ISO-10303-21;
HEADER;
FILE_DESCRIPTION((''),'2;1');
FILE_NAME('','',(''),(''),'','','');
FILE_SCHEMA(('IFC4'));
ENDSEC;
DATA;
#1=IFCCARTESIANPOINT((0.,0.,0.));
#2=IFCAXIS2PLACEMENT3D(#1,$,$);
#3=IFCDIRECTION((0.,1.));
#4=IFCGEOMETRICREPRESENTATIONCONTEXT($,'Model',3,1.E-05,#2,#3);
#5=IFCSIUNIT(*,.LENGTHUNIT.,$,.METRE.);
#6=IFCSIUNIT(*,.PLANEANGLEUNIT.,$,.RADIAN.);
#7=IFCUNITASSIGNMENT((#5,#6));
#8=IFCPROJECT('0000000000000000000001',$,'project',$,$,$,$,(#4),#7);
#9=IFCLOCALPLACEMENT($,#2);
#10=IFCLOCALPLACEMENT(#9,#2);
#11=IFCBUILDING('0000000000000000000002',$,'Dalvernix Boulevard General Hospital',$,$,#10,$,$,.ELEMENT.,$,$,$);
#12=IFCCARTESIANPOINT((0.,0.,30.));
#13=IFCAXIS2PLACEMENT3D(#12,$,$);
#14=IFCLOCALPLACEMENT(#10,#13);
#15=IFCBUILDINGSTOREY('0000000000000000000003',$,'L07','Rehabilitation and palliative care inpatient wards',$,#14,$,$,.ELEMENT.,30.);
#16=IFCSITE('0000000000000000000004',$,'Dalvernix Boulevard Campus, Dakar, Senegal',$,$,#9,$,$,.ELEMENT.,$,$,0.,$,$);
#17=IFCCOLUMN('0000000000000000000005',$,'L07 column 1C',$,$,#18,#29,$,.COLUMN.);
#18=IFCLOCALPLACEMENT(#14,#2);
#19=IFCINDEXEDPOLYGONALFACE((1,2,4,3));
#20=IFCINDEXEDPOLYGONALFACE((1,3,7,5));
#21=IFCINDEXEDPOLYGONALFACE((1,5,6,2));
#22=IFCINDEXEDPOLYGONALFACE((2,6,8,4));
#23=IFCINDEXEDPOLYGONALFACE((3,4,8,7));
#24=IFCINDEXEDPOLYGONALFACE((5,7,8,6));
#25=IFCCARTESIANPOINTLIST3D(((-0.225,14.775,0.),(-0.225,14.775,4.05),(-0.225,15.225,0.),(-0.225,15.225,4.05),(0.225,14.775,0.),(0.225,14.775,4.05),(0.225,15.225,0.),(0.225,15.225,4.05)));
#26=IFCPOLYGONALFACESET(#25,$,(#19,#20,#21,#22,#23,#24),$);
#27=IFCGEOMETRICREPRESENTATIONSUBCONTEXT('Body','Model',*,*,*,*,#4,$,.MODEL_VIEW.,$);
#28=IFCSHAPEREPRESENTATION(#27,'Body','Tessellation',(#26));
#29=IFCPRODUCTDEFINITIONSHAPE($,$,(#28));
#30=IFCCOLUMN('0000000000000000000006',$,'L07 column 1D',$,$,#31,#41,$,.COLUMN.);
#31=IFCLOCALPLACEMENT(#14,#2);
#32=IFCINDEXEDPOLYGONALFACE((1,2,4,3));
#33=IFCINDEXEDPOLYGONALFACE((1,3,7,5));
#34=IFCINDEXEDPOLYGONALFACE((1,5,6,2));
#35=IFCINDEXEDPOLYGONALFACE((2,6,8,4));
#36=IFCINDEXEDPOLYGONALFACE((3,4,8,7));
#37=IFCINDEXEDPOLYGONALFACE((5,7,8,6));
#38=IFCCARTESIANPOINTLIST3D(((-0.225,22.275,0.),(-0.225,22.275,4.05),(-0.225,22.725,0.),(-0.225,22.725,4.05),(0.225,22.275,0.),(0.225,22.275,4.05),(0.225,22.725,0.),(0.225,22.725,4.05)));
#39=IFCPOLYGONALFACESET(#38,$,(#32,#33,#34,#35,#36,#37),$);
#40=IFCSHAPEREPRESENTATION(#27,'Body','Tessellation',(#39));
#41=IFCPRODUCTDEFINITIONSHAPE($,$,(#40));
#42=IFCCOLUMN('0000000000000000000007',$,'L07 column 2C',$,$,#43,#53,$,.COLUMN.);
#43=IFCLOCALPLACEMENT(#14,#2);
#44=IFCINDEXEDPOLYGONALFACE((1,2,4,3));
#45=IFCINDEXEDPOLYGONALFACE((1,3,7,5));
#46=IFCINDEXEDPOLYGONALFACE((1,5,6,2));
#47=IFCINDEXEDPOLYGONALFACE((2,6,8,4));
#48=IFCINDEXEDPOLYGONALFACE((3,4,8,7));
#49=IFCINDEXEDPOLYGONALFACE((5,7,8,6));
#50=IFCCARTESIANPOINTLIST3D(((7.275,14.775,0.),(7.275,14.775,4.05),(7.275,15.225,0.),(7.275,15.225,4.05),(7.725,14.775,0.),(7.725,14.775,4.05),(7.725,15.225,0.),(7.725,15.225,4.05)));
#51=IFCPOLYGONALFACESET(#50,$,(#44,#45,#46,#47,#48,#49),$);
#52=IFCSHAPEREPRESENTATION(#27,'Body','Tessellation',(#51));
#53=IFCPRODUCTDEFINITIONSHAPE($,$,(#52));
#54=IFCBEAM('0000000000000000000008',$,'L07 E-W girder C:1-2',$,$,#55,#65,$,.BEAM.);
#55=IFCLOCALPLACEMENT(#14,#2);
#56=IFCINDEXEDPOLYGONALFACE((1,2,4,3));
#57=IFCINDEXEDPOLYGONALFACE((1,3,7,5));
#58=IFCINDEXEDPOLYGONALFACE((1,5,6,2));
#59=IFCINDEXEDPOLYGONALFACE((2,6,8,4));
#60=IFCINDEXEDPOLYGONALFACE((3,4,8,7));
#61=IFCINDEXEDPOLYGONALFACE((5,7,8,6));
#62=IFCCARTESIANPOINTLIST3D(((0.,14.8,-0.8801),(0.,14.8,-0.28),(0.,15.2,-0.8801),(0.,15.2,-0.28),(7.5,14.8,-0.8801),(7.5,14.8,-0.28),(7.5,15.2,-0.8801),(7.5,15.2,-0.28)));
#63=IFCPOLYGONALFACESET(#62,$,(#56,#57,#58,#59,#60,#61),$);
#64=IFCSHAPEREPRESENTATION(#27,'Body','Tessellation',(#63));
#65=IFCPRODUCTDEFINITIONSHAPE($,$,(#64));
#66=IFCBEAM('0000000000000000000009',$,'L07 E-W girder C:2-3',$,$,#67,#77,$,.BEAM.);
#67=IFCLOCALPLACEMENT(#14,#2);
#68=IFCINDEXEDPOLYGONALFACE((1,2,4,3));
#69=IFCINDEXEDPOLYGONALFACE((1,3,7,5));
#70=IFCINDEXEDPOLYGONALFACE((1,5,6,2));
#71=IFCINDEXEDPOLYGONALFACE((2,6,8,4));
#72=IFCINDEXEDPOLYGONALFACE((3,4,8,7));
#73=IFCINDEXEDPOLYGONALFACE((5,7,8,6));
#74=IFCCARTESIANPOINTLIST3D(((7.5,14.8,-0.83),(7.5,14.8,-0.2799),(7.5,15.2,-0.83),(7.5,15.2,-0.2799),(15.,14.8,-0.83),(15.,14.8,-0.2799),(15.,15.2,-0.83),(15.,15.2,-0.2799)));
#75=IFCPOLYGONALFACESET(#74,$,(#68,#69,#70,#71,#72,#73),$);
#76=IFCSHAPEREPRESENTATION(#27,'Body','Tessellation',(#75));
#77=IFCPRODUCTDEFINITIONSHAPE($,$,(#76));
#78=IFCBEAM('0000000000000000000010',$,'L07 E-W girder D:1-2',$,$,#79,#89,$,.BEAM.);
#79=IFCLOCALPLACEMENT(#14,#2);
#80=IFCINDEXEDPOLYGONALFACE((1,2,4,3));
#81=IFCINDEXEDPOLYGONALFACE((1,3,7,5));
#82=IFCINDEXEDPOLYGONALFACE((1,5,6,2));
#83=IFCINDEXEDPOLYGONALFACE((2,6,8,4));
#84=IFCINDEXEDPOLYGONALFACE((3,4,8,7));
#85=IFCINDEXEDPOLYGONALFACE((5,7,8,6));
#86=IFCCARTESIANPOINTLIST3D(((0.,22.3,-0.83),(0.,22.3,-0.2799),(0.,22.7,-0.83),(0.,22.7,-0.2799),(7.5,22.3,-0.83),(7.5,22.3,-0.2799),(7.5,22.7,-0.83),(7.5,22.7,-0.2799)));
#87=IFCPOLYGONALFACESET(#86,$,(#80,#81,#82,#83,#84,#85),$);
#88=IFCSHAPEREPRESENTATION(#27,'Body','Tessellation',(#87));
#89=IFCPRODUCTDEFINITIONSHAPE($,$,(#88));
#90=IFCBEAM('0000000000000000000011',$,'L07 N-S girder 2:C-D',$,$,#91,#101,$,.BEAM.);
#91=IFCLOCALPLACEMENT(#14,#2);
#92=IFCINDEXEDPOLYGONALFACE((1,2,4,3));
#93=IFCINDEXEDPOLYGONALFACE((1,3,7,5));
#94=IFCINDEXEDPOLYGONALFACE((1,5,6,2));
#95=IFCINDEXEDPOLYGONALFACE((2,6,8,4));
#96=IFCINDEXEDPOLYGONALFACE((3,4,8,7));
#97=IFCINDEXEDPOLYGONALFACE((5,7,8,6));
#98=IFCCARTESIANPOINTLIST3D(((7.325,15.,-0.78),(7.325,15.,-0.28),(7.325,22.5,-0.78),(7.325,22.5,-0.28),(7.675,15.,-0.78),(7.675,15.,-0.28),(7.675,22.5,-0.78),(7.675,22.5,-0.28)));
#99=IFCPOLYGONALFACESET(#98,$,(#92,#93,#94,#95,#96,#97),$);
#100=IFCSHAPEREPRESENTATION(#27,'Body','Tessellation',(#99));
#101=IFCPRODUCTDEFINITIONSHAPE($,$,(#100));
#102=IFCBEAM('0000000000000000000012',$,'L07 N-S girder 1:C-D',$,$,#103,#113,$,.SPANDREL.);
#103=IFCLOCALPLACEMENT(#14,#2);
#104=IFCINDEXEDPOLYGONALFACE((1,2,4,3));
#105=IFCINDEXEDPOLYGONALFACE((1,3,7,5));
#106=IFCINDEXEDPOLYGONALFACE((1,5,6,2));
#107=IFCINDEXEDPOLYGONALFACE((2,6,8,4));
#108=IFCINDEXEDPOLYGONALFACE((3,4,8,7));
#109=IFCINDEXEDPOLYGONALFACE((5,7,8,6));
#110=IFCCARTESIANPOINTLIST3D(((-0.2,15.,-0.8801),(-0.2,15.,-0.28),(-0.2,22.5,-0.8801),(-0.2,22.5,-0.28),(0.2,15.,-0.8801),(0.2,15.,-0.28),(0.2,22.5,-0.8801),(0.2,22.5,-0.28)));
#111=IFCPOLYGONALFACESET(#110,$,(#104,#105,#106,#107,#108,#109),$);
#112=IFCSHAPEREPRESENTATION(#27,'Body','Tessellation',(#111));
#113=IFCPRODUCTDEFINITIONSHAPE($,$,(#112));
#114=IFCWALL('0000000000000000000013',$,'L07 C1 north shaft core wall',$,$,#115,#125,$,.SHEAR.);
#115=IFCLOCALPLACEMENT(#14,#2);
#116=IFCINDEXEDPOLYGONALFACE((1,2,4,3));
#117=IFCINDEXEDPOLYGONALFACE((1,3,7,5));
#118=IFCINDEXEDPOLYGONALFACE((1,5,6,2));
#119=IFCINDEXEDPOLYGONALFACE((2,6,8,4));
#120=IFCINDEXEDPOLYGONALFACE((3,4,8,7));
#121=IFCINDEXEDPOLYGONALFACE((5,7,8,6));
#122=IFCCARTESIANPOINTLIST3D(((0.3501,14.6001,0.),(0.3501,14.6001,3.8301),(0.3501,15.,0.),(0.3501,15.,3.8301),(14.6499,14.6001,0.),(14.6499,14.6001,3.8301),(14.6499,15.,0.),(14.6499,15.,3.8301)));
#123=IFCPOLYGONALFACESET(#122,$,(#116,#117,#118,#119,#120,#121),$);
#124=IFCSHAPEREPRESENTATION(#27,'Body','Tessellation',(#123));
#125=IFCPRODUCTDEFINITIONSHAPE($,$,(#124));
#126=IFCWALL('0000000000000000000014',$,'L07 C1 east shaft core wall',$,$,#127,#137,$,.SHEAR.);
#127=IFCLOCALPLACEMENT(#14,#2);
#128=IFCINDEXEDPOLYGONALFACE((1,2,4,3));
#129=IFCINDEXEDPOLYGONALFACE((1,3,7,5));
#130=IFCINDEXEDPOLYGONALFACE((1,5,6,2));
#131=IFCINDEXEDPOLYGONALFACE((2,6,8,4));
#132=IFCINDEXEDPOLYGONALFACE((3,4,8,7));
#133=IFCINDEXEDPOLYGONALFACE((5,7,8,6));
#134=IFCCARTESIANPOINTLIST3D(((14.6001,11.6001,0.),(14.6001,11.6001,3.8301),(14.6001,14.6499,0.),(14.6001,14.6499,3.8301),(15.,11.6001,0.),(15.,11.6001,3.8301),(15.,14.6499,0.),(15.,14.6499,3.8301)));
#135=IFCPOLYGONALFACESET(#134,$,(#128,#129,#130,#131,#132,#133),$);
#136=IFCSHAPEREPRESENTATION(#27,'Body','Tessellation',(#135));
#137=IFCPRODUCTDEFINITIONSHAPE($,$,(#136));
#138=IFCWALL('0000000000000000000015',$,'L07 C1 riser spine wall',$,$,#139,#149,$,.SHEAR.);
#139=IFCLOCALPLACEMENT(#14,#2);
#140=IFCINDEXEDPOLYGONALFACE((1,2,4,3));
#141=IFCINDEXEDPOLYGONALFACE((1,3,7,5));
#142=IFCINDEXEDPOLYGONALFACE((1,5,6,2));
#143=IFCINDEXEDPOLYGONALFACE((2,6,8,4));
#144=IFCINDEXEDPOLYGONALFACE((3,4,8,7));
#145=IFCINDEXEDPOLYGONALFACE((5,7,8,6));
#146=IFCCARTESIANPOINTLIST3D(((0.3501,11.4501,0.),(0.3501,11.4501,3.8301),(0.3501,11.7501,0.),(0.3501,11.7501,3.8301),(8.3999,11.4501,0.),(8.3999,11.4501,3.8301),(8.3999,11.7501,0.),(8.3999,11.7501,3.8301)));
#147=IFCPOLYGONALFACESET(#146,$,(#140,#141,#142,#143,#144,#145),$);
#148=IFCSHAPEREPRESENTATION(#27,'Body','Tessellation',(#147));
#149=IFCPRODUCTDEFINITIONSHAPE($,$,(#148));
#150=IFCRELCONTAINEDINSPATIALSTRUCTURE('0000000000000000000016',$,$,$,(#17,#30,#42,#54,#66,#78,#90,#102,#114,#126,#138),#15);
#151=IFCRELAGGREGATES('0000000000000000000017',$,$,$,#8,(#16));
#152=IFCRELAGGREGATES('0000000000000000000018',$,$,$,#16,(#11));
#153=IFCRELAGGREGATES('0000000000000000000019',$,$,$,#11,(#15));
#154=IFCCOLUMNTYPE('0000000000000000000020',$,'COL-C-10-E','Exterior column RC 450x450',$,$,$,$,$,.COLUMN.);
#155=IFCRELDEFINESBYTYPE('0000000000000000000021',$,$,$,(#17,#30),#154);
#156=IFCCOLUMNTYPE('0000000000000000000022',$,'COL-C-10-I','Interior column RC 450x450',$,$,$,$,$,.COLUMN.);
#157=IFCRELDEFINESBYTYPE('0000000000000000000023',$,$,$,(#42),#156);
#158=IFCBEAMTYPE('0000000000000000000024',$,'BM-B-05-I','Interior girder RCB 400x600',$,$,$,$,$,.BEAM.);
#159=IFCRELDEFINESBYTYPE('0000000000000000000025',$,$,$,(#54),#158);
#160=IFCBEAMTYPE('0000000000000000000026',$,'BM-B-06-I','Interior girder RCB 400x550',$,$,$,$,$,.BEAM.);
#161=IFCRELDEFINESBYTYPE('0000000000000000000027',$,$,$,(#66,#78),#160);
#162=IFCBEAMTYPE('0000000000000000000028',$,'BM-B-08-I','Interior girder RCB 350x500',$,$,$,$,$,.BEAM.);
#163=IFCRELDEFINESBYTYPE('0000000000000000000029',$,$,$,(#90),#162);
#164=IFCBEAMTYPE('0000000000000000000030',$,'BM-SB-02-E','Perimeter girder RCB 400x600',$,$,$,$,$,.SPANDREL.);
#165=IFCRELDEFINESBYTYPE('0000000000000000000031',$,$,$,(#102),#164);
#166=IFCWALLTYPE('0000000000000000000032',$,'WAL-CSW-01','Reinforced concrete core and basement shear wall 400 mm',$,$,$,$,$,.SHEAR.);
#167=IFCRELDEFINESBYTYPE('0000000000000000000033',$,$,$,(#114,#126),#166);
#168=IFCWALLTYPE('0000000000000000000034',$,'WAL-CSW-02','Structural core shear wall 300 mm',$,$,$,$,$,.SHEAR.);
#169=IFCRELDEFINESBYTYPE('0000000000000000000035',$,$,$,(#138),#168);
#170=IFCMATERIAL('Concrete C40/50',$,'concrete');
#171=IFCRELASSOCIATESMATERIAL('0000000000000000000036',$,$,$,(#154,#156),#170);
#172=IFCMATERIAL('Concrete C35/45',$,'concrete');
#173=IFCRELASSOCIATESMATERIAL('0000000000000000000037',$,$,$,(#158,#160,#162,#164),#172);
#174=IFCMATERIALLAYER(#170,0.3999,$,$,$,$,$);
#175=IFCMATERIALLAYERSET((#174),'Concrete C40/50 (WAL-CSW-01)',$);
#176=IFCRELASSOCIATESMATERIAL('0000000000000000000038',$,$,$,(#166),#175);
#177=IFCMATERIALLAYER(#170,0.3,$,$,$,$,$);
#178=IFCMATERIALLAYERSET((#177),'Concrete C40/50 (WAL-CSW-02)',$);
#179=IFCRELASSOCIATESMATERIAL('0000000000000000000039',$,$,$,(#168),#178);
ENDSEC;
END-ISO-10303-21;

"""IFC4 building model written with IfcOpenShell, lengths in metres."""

from ifc_helpers import new_model, si_unit, direction, frame, frame_2d, origin, origin_2d, place, context, subcontext, project, spatial, rectangle, extrude, material, layer, layer_set, material_profile, profile_set, type_object, element, save


model = new_model("IFC4")

# Units and contexts
model_context = context("Model", 3, precision=1e-05, world=origin(), true_north=direction((0.0, 1.0)))
body_context = subcontext(model_context, "Body", "Model", "MODEL_VIEW")
ifc_project = project(units=[si_unit("LENGTHUNIT", "METRE"), si_unit("PLANEANGLEUNIT", "RADIAN")], contexts=[model_context])

# Site, building, storey
site_placement = place(None, origin())
site = spatial("IfcSite", under=ifc_project, at=site_placement, Name="Dalvernix Boulevard Campus, Dakar, Senegal", CompositionType="ELEMENT", RefElevation=0.0)
building_placement = place(site_placement, origin())
building = spatial("IfcBuilding", under=site, at=building_placement, Name="Dalvernix Boulevard General Hospital", CompositionType="ELEMENT")
storey_placement = place(building_placement, frame((0.0, 0.0, 30.0)))
storey = spatial("IfcBuildingStorey", under=building, at=storey_placement, Name="L07", Description="Rehabilitation and palliative care inpatient wards", CompositionType="ELEMENT", Elevation=30.0)

# Columns
ifc_material_1 = material(Name="Concrete C40/50", Category="concrete")
ifc_material_profile_1 = material_profile(ifc_material_1, rectangle(XDim=0.45, YDim=0.45, at=origin_2d()), Name="RC 450x450")
ifc_profile_set_1 = profile_set([ifc_material_profile_1], Name="Concrete C40/50")
column_type_1 = type_object("IfcColumnType", Name="COL-C-10-E", Description="Exterior column RC 450x450", PredefinedType="COLUMN", material=ifc_profile_set_1)
for number, where, z_axis, x_axis, name in (
    (1, (0.0, 15.0, 0.0), (0.0, 0.0, 1.0), (1.0, 0.0, 0.0), "L07 column 1C"),
    (2, (0.0, 22.5, 0.0), (0.0, 0.0, 1.0), (1.0, 0.0, 0.0), "L07 column 1D"),
):
    element("IfcColumn", number, at=place(storey_placement, frame(where, z_axis=z_axis, x_axis=x_axis)), inside=storey, type_object=column_type_1, Name=name, PredefinedType="COLUMN", context=body_context, shape_type="SweptSolid", body=[
        extrude(rectangle(XDim=0.45, YDim=0.45, at=origin_2d()), origin(), (0.0, 0.0, 1.0), 4.05),
    ])
ifc_material_profile_2 = material_profile(ifc_material_1, rectangle(XDim=0.45, YDim=0.45, at=origin_2d()), Name="RC 450x450")
ifc_profile_set_2 = profile_set([ifc_material_profile_2], Name="Concrete C40/50")
column_type_2 = type_object("IfcColumnType", Name="COL-C-10-I", Description="Interior column RC 450x450", PredefinedType="COLUMN", material=ifc_profile_set_2)
column_placement = place(storey_placement, frame((7.5, 15.0, 0.0), z_axis=(0.0, 0.0, 1.0), x_axis=(1.0, 0.0, 0.0)))
element("IfcColumn", 3, at=column_placement, inside=storey, type_object=column_type_2, Name="L07 column 2C", PredefinedType="COLUMN", context=body_context, shape_type="SweptSolid", body=[
    extrude(rectangle(XDim=0.45, YDim=0.45, at=origin_2d()), origin(), (0.0, 0.0, 1.0), 4.05),
])

# Beams
ifc_material_2 = material(Name="Concrete C35/45", Category="concrete")
ifc_material_profile_3 = material_profile(ifc_material_2, rectangle(XDim=0.3999, YDim=0.6001, at=origin_2d()), Name="RCB 400x600")
ifc_profile_set_3 = profile_set([ifc_material_profile_3], Name="Concrete C35/45")
beam_type_1 = type_object("IfcBeamType", Name="BM-B-05-I", Description="Interior girder RCB 400x600", PredefinedType="BEAM", material=ifc_profile_set_3)
beam_1_placement = place(storey_placement, frame((0.0, 15.0, -0.5801), z_axis=(1.0, 0.0, 0.0), x_axis=(0.0, 1.0, 0.0)))
element("IfcBeam", 4, at=beam_1_placement, inside=storey, type_object=beam_type_1, Name="L07 E-W girder C:1-2", PredefinedType="BEAM", context=body_context, shape_type="SweptSolid", body=[
    extrude(rectangle(XDim=0.3999, YDim=0.6001, at=origin_2d()), origin(), (0.0, 0.0, 1.0), 7.5),
])
ifc_material_profile_4 = material_profile(ifc_material_2, rectangle(XDim=0.3999, YDim=0.55, at=origin_2d()), Name="RCB 400x550")
ifc_profile_set_4 = profile_set([ifc_material_profile_4], Name="Concrete C35/45")
beam_type_2 = type_object("IfcBeamType", Name="BM-B-06-I", Description="Interior girder RCB 400x550", PredefinedType="BEAM", material=ifc_profile_set_4)
for number, where, z_axis, x_axis, name in (
    (5, (7.5, 15.0, -0.5549), (1.0, 0.0, 0.0), (0.0, 1.0, 0.0), "L07 E-W girder C:2-3"),
    (6, (0.0, 22.5, -0.5549), (1.0, 0.0, 0.0), (0.0, 1.0, 0.0), "L07 E-W girder D:1-2"),
):
    element("IfcBeam", number, at=place(storey_placement, frame(where, z_axis=z_axis, x_axis=x_axis)), inside=storey, type_object=beam_type_2, Name=name, PredefinedType="BEAM", context=body_context, shape_type="SweptSolid", body=[
        extrude(rectangle(XDim=0.3999, YDim=0.55, at=origin_2d()), origin(), (0.0, 0.0, 1.0), 7.5),
    ])
ifc_material_profile_5 = material_profile(ifc_material_2, rectangle(XDim=0.3501, YDim=0.5, at=origin_2d()), Name="RCB 350x500")
ifc_profile_set_5 = profile_set([ifc_material_profile_5], Name="Concrete C35/45")
beam_type_3 = type_object("IfcBeamType", Name="BM-B-08-I", Description="Interior girder RCB 350x500", PredefinedType="BEAM", material=ifc_profile_set_5)
beam_2_placement = place(storey_placement, frame((7.5, 15.0, -0.53), z_axis=(0.0, 1.0, 0.0), x_axis=(-1.0, 0.0, 0.0)))
element("IfcBeam", 7, at=beam_2_placement, inside=storey, type_object=beam_type_3, Name="L07 N-S girder 2:C-D", PredefinedType="BEAM", context=body_context, shape_type="SweptSolid", body=[
    extrude(rectangle(XDim=0.3501, YDim=0.5, at=origin_2d()), origin(), (0.0, 0.0, 1.0), 7.5),
])
ifc_material_profile_6 = material_profile(ifc_material_2, rectangle(XDim=0.3999, YDim=0.6001, at=origin_2d()), Name="RCB 400x600")
ifc_profile_set_6 = profile_set([ifc_material_profile_6], Name="Concrete C35/45")
beam_type_4 = type_object("IfcBeamType", Name="BM-SB-02-E", Description="Perimeter girder RCB 400x600", PredefinedType="SPANDREL", material=ifc_profile_set_6)
beam_3_placement = place(storey_placement, frame((0.0, 15.0, -0.5801), z_axis=(0.0, 1.0, 0.0), x_axis=(-1.0, 0.0, 0.0)))
element("IfcBeam", 8, at=beam_3_placement, inside=storey, type_object=beam_type_4, Name="L07 N-S girder 1:C-D", PredefinedType="SPANDREL", context=body_context, shape_type="SweptSolid", body=[
    extrude(rectangle(XDim=0.3999, YDim=0.6001, at=origin_2d()), origin(), (0.0, 0.0, 1.0), 7.5),
])

# Walls
ifc_layer_1 = layer(ifc_material_1, 0.3999)
ifc_layer_set_1 = layer_set([ifc_layer_1], Name="Concrete C40/50 (WAL-CSW-01)")
wall_type_1 = type_object("IfcWallType", Name="WAL-CSW-01", Description="Reinforced concrete core and basement shear wall 400 mm", PredefinedType="SHEAR", material=ifc_layer_set_1)
wall_1_placement = place(storey_placement, frame((0.3501, 14.8, 0.0), z_axis=(0.0, 0.0, 1.0), x_axis=(1.0, 0.0, 0.0)))
element("IfcWall", 9, at=wall_1_placement, inside=storey, type_object=wall_type_1, Name="L07 C1 north shaft core wall", PredefinedType="SHEAR", context=body_context, shape_type="SweptSolid", body=[
    extrude(rectangle(XDim=14.2998, YDim=0.3999, at=frame_2d((7.1499, 0.0))), origin(), (0.0, 0.0, 1.0), 3.8301),
])
wall_2_placement = place(storey_placement, frame((14.8, 11.6001, 0.0), z_axis=(0.0, 0.0, 1.0), x_axis=(0.0, 1.0, 0.0)))
element("IfcWall", 10, at=wall_2_placement, inside=storey, type_object=wall_type_1, Name="L07 C1 east shaft core wall", PredefinedType="SHEAR", context=body_context, shape_type="SweptSolid", body=[
    extrude(rectangle(XDim=3.0498, YDim=0.3999, at=frame_2d((1.5249, 0.0))), origin(), (0.0, 0.0, 1.0), 3.8301),
])
ifc_layer_2 = layer(ifc_material_1, 0.3)
ifc_layer_set_2 = layer_set([ifc_layer_2], Name="Concrete C40/50 (WAL-CSW-02)")
wall_type_2 = type_object("IfcWallType", Name="WAL-CSW-02", Description="Structural core shear wall 300 mm", PredefinedType="SHEAR", material=ifc_layer_set_2)
wall_3_placement = place(storey_placement, frame((0.3501, 11.6001, 0.0), z_axis=(0.0, 0.0, 1.0), x_axis=(1.0, 0.0, 0.0)))
element("IfcWall", 11, at=wall_3_placement, inside=storey, type_object=wall_type_2, Name="L07 C1 riser spine wall", PredefinedType="SHEAR", context=body_context, shape_type="SweptSolid", body=[
    extrude(rectangle(XDim=8.0498, YDim=0.3, at=frame_2d((4.0249, 0.0))), origin(), (0.0, 0.0, 1.0), 3.8301),
])

save(model, "model.ifc")
